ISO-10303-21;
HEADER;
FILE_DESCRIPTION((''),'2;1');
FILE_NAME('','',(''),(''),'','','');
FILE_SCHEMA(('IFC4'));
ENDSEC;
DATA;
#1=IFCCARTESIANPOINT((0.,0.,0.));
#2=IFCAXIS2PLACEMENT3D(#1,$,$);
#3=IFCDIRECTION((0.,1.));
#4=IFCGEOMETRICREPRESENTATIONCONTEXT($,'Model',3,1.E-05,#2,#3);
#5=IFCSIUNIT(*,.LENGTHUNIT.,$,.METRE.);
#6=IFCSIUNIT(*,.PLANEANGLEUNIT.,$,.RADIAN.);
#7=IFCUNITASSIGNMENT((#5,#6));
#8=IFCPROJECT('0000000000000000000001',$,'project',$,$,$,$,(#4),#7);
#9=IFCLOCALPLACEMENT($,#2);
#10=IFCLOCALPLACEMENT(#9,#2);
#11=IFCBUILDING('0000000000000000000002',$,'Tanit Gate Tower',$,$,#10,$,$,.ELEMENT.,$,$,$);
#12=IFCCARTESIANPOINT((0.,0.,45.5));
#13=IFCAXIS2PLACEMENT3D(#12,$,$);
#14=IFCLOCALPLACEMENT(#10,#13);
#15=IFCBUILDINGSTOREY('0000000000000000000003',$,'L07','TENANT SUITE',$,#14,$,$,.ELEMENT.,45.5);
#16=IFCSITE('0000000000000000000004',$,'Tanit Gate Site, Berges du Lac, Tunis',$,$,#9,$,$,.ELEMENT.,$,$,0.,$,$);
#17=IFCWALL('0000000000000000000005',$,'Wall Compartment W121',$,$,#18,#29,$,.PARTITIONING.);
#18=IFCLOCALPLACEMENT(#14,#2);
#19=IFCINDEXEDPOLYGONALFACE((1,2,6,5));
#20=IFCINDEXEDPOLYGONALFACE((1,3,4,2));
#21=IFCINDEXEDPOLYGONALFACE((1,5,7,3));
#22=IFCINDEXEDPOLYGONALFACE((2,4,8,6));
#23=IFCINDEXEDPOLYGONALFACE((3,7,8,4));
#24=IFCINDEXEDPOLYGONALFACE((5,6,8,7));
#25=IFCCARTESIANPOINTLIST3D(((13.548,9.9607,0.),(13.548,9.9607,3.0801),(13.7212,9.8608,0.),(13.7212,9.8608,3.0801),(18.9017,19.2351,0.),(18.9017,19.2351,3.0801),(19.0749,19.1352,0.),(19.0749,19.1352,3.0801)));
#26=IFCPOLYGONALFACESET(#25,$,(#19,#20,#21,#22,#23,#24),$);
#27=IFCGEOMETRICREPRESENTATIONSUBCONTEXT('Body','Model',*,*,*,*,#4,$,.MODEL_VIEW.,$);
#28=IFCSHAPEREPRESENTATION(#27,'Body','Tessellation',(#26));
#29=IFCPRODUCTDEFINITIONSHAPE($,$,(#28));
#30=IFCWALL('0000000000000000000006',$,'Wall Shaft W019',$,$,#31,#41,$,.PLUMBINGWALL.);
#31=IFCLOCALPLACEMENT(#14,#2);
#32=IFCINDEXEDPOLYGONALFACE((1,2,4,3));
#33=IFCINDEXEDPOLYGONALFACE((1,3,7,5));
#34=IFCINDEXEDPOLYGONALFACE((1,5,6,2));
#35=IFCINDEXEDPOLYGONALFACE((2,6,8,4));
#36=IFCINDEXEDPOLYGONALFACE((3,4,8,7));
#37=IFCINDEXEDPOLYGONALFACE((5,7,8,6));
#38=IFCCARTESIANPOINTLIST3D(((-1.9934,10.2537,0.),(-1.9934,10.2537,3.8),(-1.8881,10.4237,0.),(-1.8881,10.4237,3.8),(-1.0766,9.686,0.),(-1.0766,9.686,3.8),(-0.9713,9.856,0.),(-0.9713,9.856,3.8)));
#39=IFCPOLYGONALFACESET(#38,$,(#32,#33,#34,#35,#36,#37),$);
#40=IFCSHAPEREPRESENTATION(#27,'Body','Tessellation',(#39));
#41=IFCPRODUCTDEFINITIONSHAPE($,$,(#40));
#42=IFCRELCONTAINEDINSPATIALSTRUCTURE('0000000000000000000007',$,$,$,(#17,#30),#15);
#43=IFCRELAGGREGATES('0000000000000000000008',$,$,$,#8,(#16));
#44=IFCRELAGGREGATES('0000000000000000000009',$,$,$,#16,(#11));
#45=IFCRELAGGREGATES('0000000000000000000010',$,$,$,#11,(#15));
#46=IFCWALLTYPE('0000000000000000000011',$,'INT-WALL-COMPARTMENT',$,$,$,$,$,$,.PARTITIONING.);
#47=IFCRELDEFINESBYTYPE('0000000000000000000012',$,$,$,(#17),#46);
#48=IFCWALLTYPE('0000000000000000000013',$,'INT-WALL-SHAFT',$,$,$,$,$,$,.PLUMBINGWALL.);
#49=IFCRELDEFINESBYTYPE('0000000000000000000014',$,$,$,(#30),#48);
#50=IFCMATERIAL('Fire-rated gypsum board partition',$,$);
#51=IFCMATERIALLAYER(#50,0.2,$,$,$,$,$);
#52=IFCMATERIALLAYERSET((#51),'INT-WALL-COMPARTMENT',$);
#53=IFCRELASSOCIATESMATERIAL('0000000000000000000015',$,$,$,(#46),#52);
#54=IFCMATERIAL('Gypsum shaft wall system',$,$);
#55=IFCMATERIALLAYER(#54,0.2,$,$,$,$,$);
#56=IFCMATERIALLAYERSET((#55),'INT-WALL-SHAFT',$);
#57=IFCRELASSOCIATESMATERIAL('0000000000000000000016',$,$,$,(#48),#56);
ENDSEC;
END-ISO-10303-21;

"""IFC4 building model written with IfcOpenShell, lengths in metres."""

from ifc_helpers import new_model, si_unit, direction, frame, frame_2d, origin, place, context, subcontext, project, spatial, rectangle, extrude, material, layer, layer_set, type_object, element, save


model = new_model("IFC4")

# Units and contexts
model_context = context("Model", 3, precision=1e-05, world=origin(), true_north=direction((0.0, 1.0)))
body_context = subcontext(model_context, "Body", "Model", "MODEL_VIEW")
ifc_project = project(units=[si_unit("LENGTHUNIT", "METRE"), si_unit("PLANEANGLEUNIT", "RADIAN")], contexts=[model_context])

# Site, building, storey
site_placement = place(None, origin())
site = spatial("IfcSite", under=ifc_project, at=site_placement, Name="Tanit Gate Site, Berges du Lac, Tunis", CompositionType="ELEMENT", RefElevation=0.0)
building_placement = place(site_placement, origin())
building = spatial("IfcBuilding", under=site, at=building_placement, Name="Tanit Gate Tower", CompositionType="ELEMENT")
storey_placement = place(building_placement, frame((0.0, 0.0, 45.5)))
storey = spatial("IfcBuildingStorey", under=building, at=storey_placement, Name="L07", Description="TENANT SUITE", CompositionType="ELEMENT", Elevation=45.5)

# Walls
ifc_material_1 = material(Name="Fire-rated gypsum board partition")
ifc_layer_1 = layer(ifc_material_1, 0.2)
ifc_layer_set_1 = layer_set([ifc_layer_1], Name="INT-WALL-COMPARTMENT")
wall_type_1 = type_object("IfcWallType", Name="INT-WALL-COMPARTMENT", PredefinedType="PARTITIONING", material=ifc_layer_set_1)
wall_1_placement = place(storey_placement, frame((13.6345, 9.9106, 0.0), z_axis=(0.0, 0.0, 1.0), x_axis=(0.499942, 0.866059, 0.0)))
element("IfcWall", 1, at=wall_1_placement, inside=storey, type_object=wall_type_1, Name="Wall Compartment W121", PredefinedType="PARTITIONING", context=body_context, shape_type="SweptSolid", body=[
    extrude(rectangle(XDim=10.7087, YDim=0.2, at=frame_2d((5.3545, 0.0))), origin(), (0.0, 0.0, 1.0), 3.0801),
])
ifc_material_2 = material(Name="Gypsum shaft wall system")
ifc_layer_2 = layer(ifc_material_2, 0.2)
ifc_layer_set_2 = layer_set([ifc_layer_2], Name="INT-WALL-SHAFT")
wall_type_2 = type_object("IfcWallType", Name="INT-WALL-SHAFT", PredefinedType="PLUMBINGWALL", material=ifc_layer_set_2)
wall_2_placement = place(storey_placement, frame((-1.9407, 10.3386, 0.0), z_axis=(0.0, 0.0, 1.0), x_axis=(0.850217, -0.526433, 0.0)))
element("IfcWall", 2, at=wall_2_placement, inside=storey, type_object=wall_type_2, Name="Wall Shaft W019", PredefinedType="PLUMBINGWALL", context=body_context, shape_type="SweptSolid", body=[
    extrude(rectangle(XDim=1.0784, YDim=0.2, at=frame_2d((0.5391, 0.0))), origin(), (0.0, 0.0, 1.0), 3.8),
])

save(model, "model.ifc")
